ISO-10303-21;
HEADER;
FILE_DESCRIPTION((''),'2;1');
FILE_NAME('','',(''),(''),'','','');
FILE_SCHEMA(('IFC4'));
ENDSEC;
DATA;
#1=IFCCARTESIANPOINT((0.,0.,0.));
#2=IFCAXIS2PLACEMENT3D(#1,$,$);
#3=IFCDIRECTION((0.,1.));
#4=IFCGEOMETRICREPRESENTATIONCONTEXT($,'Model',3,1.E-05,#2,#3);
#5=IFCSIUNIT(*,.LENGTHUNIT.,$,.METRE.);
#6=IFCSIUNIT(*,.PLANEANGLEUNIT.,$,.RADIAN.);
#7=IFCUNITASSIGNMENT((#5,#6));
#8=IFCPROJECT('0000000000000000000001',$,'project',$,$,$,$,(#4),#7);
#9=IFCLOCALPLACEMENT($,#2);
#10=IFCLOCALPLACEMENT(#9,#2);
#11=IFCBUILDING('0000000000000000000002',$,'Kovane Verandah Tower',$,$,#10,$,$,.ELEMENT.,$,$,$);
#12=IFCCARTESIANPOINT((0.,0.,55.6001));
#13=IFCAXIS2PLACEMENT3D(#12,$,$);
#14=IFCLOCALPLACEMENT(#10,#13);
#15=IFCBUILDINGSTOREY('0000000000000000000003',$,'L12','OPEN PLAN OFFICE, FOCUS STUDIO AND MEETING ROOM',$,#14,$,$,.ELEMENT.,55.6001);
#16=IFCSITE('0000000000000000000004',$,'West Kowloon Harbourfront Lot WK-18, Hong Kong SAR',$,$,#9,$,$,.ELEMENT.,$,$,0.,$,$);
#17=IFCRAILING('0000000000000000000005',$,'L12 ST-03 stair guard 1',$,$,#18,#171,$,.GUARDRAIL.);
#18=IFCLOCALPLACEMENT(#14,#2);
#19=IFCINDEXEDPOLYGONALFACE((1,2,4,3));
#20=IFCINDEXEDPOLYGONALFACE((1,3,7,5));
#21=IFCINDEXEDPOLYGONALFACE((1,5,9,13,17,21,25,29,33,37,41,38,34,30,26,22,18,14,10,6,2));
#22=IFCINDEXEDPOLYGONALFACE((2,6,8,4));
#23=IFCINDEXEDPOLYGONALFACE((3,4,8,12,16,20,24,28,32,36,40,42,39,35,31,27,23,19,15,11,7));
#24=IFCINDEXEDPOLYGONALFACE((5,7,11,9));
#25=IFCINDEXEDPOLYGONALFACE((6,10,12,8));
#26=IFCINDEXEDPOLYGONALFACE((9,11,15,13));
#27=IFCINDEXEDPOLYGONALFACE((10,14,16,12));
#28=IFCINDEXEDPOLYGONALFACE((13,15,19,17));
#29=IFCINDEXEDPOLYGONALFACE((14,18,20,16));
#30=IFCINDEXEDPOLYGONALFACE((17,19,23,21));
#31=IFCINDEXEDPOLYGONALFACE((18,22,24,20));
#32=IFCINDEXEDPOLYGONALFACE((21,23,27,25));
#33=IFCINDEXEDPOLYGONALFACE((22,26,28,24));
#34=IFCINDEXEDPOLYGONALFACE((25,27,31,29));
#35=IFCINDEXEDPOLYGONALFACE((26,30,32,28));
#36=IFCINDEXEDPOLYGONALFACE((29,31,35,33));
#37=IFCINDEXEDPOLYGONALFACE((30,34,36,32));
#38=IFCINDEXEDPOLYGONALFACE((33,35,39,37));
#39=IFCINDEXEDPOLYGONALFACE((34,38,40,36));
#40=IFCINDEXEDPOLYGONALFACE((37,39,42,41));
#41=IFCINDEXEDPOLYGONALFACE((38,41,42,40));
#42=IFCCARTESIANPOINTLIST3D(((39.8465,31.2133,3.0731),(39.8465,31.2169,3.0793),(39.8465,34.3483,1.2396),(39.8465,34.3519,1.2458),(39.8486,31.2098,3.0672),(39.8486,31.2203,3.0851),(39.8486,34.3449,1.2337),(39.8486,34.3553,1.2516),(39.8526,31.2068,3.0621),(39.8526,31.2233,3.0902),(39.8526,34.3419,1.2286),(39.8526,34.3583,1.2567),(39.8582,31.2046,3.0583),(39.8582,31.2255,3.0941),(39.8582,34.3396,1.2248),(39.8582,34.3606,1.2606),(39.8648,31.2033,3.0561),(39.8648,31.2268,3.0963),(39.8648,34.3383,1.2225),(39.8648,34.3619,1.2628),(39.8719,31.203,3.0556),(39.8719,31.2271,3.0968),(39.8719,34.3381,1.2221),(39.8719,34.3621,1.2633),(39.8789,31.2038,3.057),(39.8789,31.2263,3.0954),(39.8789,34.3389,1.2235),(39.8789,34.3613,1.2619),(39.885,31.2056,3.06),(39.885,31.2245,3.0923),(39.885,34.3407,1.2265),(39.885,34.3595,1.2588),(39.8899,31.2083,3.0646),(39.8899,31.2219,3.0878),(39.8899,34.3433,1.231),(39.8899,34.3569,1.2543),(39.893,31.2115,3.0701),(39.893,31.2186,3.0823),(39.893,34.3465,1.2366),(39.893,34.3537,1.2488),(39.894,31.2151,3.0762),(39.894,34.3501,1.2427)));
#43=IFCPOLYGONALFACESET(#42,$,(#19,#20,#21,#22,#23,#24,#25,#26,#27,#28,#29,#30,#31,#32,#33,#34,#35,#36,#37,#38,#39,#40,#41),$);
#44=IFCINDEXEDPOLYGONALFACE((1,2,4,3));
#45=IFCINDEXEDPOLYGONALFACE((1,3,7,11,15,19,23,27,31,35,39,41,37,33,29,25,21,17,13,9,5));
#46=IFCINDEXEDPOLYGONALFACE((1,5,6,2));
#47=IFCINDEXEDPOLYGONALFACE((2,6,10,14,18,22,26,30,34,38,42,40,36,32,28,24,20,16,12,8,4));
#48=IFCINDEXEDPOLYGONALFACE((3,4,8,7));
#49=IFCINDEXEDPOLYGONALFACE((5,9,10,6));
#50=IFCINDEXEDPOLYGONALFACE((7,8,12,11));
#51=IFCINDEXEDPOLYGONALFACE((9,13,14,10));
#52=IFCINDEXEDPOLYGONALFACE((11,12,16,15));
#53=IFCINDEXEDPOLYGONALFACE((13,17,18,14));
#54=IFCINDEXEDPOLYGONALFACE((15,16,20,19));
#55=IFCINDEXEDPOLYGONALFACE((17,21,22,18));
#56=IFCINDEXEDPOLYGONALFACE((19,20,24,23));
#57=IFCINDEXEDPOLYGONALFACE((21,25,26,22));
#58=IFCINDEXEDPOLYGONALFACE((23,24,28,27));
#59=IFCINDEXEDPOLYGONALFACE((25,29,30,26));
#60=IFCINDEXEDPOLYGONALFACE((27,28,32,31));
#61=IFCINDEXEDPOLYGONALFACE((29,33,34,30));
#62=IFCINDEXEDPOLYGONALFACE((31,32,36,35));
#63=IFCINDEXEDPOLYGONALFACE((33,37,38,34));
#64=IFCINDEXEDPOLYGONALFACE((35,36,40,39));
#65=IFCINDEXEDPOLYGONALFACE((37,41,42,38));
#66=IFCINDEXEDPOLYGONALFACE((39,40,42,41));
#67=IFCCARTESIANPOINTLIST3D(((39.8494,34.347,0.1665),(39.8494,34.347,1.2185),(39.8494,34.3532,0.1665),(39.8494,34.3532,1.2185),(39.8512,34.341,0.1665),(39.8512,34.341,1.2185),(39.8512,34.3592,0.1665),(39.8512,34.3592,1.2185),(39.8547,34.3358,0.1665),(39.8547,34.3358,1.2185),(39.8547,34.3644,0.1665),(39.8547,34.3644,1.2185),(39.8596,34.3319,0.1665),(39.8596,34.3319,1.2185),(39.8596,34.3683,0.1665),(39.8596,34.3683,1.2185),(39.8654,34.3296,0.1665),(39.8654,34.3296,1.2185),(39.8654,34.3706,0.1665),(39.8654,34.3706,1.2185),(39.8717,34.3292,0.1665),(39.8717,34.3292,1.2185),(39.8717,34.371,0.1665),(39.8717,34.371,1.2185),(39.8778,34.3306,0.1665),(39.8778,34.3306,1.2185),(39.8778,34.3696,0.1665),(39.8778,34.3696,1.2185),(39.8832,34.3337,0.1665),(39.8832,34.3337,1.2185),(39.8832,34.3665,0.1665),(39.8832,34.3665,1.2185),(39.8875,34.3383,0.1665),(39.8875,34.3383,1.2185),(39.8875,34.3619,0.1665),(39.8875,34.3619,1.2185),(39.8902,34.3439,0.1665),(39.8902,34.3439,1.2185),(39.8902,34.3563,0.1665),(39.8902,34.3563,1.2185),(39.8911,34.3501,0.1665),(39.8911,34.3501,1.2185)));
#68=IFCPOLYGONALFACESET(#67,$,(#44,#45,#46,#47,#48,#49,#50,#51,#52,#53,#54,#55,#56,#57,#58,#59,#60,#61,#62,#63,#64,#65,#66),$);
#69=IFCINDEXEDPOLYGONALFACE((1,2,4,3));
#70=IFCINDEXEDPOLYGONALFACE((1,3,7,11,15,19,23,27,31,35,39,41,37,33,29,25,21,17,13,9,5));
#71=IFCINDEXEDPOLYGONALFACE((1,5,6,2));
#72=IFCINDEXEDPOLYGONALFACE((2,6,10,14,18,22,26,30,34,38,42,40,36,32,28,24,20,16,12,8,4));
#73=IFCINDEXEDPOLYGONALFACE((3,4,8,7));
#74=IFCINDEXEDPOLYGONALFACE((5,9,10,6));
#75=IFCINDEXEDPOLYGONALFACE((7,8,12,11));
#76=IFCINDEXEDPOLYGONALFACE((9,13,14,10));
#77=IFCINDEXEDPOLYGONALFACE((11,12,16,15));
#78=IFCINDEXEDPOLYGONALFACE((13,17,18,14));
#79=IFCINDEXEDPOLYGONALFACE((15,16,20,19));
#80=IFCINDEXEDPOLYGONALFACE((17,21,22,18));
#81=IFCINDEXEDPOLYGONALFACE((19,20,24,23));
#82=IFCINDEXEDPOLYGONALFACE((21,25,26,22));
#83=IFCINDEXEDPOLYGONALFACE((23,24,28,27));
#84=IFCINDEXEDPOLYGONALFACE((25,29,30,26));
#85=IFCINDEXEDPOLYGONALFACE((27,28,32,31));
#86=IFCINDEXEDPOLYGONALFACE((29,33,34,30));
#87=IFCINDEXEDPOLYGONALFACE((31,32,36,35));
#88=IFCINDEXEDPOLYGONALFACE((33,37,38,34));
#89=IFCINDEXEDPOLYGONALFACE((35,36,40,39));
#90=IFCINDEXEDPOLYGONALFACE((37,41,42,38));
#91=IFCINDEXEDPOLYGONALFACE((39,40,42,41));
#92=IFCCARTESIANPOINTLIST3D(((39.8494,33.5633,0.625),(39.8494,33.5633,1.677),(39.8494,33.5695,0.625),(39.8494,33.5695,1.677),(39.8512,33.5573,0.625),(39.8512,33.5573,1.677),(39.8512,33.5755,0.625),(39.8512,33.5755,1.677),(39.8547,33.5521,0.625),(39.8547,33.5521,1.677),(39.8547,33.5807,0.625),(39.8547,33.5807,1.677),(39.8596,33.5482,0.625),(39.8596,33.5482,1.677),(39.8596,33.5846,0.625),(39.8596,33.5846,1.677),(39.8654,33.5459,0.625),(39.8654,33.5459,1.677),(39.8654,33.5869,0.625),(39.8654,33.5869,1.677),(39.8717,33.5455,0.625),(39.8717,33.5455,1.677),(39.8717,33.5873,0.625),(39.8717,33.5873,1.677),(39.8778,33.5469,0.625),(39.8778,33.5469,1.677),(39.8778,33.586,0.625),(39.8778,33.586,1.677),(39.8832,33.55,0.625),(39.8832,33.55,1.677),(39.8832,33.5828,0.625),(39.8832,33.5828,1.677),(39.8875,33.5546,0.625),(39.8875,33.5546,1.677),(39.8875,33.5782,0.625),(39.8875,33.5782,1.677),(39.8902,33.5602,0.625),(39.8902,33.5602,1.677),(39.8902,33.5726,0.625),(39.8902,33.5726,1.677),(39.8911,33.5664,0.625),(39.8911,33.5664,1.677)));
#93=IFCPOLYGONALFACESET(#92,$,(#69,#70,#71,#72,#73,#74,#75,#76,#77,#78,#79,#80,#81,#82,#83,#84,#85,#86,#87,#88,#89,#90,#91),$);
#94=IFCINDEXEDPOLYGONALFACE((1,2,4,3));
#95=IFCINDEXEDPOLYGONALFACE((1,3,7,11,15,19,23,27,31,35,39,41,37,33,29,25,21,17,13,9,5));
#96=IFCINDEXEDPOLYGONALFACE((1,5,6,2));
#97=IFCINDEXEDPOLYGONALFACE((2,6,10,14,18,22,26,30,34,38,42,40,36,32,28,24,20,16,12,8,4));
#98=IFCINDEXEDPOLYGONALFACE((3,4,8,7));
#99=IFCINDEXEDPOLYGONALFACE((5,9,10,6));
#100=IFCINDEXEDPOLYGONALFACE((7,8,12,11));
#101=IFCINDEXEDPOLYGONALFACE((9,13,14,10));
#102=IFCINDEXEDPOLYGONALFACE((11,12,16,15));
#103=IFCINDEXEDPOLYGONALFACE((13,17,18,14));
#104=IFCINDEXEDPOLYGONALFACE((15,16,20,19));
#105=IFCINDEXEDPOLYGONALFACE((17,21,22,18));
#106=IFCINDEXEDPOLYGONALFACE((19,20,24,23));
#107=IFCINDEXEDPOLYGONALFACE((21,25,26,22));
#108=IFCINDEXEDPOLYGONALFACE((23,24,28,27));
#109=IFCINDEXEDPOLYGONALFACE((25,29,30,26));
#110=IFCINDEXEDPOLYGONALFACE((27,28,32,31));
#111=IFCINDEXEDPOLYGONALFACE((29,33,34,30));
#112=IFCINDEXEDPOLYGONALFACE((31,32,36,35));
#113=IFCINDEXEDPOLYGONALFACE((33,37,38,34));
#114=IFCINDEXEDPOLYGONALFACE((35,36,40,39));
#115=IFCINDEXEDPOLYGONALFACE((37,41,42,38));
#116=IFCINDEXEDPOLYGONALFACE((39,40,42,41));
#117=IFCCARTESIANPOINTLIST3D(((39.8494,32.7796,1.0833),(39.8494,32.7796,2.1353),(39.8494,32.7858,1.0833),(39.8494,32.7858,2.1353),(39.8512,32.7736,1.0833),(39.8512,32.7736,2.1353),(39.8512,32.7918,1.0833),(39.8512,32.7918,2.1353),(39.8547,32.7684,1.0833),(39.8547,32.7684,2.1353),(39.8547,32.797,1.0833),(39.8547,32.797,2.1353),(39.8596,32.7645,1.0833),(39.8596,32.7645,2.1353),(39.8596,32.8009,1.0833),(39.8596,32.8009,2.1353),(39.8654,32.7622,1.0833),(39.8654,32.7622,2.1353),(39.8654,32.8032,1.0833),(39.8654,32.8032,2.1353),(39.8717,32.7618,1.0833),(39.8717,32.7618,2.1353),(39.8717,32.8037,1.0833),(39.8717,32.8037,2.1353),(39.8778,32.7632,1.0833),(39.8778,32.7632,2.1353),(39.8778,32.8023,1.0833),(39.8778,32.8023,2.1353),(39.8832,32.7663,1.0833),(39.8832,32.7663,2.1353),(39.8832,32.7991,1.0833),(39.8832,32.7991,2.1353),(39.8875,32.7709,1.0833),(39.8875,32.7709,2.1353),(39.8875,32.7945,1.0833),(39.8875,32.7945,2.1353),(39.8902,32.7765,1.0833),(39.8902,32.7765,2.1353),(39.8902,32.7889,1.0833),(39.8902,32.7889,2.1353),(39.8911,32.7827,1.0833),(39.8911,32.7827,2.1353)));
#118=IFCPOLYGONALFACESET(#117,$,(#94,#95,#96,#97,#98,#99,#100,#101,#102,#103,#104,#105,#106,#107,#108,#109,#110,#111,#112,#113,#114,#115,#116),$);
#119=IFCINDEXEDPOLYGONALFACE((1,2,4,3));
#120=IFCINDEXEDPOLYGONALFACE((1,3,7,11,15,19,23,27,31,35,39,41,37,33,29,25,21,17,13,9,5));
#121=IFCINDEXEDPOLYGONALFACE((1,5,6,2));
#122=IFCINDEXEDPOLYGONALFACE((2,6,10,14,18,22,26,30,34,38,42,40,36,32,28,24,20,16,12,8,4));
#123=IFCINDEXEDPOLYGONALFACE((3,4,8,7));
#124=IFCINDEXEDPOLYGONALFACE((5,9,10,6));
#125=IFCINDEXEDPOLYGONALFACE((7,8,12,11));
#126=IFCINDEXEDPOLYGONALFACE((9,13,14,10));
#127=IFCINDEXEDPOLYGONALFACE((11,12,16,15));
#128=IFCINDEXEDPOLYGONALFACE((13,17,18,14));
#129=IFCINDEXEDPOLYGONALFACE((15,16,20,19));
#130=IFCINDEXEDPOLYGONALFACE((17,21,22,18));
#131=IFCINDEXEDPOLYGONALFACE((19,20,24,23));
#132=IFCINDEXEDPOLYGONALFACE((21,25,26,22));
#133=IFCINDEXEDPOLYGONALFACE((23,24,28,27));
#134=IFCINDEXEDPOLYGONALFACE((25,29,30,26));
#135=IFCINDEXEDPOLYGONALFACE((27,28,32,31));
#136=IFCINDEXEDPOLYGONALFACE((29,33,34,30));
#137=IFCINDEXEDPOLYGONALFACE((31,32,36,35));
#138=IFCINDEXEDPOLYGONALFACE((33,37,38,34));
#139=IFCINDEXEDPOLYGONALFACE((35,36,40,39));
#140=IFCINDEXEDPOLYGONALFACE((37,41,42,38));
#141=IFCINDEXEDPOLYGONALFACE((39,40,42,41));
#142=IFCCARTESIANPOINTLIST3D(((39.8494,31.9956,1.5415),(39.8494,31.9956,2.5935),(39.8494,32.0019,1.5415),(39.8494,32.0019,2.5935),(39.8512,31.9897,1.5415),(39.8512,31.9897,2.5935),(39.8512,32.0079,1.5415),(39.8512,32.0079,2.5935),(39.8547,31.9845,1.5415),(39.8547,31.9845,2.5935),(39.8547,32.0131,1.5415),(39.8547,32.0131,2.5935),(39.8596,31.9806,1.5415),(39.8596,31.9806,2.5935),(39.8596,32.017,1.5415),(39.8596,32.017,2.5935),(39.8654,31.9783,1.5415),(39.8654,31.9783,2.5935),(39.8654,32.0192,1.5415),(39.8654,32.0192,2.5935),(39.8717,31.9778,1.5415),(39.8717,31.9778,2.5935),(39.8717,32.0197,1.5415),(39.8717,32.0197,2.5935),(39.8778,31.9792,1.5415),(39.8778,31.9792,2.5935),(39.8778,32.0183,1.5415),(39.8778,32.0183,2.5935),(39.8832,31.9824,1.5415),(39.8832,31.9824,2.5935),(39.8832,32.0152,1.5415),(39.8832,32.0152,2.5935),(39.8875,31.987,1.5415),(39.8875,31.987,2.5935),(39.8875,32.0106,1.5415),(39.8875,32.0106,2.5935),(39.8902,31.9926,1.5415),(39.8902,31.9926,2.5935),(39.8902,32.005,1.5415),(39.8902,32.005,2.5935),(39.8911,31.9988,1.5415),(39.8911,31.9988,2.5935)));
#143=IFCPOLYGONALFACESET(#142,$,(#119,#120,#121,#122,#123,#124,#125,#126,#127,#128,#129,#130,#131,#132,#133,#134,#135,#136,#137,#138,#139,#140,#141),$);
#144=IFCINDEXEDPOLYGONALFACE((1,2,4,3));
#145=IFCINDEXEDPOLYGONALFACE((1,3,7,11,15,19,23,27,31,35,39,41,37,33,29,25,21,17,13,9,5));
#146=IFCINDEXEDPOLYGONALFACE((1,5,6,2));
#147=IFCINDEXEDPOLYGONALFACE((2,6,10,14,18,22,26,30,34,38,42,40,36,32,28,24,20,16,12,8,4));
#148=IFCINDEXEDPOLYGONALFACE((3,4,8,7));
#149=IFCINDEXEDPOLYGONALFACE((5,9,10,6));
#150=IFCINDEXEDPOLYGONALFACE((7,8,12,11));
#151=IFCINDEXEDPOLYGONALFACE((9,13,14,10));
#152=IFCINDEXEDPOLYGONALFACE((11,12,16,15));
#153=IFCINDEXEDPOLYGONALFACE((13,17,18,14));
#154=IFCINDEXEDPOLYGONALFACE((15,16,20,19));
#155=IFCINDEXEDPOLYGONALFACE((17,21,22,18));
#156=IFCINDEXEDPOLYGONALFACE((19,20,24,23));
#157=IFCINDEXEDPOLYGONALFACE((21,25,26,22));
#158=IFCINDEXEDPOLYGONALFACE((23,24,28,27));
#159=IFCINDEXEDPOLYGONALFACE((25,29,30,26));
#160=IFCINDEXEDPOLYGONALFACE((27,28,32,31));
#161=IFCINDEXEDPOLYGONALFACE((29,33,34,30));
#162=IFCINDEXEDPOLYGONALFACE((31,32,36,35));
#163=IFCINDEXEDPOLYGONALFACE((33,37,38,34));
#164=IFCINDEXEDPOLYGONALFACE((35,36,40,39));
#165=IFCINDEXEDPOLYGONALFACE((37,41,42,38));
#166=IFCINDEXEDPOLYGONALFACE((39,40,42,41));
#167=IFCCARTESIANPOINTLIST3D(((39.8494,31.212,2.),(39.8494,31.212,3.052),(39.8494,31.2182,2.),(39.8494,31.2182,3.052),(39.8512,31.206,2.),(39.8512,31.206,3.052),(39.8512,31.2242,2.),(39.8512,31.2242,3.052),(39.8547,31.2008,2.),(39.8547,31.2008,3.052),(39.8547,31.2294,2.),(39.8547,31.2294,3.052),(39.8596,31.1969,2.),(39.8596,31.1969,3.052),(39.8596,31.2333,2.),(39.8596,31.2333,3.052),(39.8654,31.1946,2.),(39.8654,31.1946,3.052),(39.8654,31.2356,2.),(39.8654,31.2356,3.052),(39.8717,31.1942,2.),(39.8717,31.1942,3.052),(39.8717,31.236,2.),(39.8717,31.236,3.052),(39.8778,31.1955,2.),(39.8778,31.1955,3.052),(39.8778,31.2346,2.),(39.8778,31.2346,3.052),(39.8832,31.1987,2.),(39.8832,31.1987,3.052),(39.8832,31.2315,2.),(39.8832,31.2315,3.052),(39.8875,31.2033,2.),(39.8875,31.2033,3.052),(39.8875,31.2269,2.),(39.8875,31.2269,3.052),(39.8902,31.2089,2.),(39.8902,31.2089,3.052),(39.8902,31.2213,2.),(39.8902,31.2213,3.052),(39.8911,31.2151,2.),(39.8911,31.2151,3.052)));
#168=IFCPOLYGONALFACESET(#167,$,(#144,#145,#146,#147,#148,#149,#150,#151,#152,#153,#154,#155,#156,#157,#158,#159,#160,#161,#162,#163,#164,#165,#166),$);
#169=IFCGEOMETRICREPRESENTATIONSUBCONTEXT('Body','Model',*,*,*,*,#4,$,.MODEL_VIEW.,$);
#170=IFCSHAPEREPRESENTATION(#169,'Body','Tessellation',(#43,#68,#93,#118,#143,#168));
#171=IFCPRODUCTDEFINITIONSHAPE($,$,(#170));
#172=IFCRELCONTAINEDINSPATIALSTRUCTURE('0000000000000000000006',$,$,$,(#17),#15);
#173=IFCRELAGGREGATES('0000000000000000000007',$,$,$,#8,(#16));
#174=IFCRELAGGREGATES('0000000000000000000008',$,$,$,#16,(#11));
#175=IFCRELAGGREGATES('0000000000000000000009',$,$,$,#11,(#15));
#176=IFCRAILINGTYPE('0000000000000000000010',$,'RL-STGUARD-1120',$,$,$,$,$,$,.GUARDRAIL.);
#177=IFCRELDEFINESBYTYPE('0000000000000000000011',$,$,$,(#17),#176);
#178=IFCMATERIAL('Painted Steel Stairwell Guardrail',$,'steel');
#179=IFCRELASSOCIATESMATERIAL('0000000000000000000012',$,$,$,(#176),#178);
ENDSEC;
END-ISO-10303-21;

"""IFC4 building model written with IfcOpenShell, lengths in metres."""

from ifc_helpers import new_model, si_unit, direction, frame, origin, origin_2d, place, context, subcontext, project, spatial, circle, extrude, material, type_object, element, save


model = new_model("IFC4")

# Units and contexts
model_context = context("Model", 3, precision=1e-05, world=origin(), true_north=direction((0.0, 1.0)))
body_context = subcontext(model_context, "Body", "Model", "MODEL_VIEW")
ifc_project = project(units=[si_unit("LENGTHUNIT", "METRE"), si_unit("PLANEANGLEUNIT", "RADIAN")], contexts=[model_context])

# Site, building, storey
site_placement = place(None, origin())
site = spatial("IfcSite", under=ifc_project, at=site_placement, Name="West Kowloon Harbourfront Lot WK-18, Hong Kong SAR", CompositionType="ELEMENT", RefElevation=0.0)
building_placement = place(site_placement, origin())
building = spatial("IfcBuilding", under=site, at=building_placement, Name="Kovane Verandah Tower", CompositionType="ELEMENT")
storey_placement = place(building_placement, frame((0.0, 0.0, 55.6001)))
storey = spatial("IfcBuildingStorey", under=building, at=storey_placement, Name="L12", Description="OPEN PLAN OFFICE, FOCUS STUDIO AND MEETING ROOM", CompositionType="ELEMENT", Elevation=55.6001)

# Railing
ifc_material_1 = material(Name="Painted Steel Stairwell Guardrail", Category="steel")
railing_type_1 = type_object("IfcRailingType", Name="RL-STGUARD-1120", PredefinedType="GUARDRAIL", material=ifc_material_1)
for number, where, name in (
    (1, (39.8701, 34.3501, 0.1665), "L12 ST-03 stair guard 1"),
):
    element("IfcRailing", number, at=place(storey_placement, frame(where)), inside=storey, type_object=railing_type_1, Name=name, PredefinedType="GUARDRAIL", context=body_context, shape_type="SweptSolid", body=[
        extrude(circle(Radius=0.0239, at=origin_2d()), frame((0.0, 0.0, 1.0762), z_axis=(0.0, -0.86321, 0.504845), x_axis=(1.0, 0.0, 0.0)), (0.0, 0.0, 1.0), 3.6318),
        extrude(circle(Radius=0.021, at=origin_2d()), origin(), (0.0, 0.0, 1.0), 1.052),
        extrude(circle(Radius=0.021, at=origin_2d()), frame((0.0, -0.7837, 0.4585)), (0.0, 0.0, 1.0), 1.052),
        extrude(circle(Radius=0.021, at=origin_2d()), frame((0.0, -1.5674, 0.9167)), (0.0, 0.0, 1.0), 1.052),
        extrude(circle(Radius=0.021, at=origin_2d()), frame((0.0, -2.3513, 1.375)), (0.0, 0.0, 1.0), 1.052),
        extrude(circle(Radius=0.021, at=origin_2d()), frame((0.0, -3.135, 1.8335)), (0.0, 0.0, 1.0), 1.052),
    ])

save(model, "model.ifc")
